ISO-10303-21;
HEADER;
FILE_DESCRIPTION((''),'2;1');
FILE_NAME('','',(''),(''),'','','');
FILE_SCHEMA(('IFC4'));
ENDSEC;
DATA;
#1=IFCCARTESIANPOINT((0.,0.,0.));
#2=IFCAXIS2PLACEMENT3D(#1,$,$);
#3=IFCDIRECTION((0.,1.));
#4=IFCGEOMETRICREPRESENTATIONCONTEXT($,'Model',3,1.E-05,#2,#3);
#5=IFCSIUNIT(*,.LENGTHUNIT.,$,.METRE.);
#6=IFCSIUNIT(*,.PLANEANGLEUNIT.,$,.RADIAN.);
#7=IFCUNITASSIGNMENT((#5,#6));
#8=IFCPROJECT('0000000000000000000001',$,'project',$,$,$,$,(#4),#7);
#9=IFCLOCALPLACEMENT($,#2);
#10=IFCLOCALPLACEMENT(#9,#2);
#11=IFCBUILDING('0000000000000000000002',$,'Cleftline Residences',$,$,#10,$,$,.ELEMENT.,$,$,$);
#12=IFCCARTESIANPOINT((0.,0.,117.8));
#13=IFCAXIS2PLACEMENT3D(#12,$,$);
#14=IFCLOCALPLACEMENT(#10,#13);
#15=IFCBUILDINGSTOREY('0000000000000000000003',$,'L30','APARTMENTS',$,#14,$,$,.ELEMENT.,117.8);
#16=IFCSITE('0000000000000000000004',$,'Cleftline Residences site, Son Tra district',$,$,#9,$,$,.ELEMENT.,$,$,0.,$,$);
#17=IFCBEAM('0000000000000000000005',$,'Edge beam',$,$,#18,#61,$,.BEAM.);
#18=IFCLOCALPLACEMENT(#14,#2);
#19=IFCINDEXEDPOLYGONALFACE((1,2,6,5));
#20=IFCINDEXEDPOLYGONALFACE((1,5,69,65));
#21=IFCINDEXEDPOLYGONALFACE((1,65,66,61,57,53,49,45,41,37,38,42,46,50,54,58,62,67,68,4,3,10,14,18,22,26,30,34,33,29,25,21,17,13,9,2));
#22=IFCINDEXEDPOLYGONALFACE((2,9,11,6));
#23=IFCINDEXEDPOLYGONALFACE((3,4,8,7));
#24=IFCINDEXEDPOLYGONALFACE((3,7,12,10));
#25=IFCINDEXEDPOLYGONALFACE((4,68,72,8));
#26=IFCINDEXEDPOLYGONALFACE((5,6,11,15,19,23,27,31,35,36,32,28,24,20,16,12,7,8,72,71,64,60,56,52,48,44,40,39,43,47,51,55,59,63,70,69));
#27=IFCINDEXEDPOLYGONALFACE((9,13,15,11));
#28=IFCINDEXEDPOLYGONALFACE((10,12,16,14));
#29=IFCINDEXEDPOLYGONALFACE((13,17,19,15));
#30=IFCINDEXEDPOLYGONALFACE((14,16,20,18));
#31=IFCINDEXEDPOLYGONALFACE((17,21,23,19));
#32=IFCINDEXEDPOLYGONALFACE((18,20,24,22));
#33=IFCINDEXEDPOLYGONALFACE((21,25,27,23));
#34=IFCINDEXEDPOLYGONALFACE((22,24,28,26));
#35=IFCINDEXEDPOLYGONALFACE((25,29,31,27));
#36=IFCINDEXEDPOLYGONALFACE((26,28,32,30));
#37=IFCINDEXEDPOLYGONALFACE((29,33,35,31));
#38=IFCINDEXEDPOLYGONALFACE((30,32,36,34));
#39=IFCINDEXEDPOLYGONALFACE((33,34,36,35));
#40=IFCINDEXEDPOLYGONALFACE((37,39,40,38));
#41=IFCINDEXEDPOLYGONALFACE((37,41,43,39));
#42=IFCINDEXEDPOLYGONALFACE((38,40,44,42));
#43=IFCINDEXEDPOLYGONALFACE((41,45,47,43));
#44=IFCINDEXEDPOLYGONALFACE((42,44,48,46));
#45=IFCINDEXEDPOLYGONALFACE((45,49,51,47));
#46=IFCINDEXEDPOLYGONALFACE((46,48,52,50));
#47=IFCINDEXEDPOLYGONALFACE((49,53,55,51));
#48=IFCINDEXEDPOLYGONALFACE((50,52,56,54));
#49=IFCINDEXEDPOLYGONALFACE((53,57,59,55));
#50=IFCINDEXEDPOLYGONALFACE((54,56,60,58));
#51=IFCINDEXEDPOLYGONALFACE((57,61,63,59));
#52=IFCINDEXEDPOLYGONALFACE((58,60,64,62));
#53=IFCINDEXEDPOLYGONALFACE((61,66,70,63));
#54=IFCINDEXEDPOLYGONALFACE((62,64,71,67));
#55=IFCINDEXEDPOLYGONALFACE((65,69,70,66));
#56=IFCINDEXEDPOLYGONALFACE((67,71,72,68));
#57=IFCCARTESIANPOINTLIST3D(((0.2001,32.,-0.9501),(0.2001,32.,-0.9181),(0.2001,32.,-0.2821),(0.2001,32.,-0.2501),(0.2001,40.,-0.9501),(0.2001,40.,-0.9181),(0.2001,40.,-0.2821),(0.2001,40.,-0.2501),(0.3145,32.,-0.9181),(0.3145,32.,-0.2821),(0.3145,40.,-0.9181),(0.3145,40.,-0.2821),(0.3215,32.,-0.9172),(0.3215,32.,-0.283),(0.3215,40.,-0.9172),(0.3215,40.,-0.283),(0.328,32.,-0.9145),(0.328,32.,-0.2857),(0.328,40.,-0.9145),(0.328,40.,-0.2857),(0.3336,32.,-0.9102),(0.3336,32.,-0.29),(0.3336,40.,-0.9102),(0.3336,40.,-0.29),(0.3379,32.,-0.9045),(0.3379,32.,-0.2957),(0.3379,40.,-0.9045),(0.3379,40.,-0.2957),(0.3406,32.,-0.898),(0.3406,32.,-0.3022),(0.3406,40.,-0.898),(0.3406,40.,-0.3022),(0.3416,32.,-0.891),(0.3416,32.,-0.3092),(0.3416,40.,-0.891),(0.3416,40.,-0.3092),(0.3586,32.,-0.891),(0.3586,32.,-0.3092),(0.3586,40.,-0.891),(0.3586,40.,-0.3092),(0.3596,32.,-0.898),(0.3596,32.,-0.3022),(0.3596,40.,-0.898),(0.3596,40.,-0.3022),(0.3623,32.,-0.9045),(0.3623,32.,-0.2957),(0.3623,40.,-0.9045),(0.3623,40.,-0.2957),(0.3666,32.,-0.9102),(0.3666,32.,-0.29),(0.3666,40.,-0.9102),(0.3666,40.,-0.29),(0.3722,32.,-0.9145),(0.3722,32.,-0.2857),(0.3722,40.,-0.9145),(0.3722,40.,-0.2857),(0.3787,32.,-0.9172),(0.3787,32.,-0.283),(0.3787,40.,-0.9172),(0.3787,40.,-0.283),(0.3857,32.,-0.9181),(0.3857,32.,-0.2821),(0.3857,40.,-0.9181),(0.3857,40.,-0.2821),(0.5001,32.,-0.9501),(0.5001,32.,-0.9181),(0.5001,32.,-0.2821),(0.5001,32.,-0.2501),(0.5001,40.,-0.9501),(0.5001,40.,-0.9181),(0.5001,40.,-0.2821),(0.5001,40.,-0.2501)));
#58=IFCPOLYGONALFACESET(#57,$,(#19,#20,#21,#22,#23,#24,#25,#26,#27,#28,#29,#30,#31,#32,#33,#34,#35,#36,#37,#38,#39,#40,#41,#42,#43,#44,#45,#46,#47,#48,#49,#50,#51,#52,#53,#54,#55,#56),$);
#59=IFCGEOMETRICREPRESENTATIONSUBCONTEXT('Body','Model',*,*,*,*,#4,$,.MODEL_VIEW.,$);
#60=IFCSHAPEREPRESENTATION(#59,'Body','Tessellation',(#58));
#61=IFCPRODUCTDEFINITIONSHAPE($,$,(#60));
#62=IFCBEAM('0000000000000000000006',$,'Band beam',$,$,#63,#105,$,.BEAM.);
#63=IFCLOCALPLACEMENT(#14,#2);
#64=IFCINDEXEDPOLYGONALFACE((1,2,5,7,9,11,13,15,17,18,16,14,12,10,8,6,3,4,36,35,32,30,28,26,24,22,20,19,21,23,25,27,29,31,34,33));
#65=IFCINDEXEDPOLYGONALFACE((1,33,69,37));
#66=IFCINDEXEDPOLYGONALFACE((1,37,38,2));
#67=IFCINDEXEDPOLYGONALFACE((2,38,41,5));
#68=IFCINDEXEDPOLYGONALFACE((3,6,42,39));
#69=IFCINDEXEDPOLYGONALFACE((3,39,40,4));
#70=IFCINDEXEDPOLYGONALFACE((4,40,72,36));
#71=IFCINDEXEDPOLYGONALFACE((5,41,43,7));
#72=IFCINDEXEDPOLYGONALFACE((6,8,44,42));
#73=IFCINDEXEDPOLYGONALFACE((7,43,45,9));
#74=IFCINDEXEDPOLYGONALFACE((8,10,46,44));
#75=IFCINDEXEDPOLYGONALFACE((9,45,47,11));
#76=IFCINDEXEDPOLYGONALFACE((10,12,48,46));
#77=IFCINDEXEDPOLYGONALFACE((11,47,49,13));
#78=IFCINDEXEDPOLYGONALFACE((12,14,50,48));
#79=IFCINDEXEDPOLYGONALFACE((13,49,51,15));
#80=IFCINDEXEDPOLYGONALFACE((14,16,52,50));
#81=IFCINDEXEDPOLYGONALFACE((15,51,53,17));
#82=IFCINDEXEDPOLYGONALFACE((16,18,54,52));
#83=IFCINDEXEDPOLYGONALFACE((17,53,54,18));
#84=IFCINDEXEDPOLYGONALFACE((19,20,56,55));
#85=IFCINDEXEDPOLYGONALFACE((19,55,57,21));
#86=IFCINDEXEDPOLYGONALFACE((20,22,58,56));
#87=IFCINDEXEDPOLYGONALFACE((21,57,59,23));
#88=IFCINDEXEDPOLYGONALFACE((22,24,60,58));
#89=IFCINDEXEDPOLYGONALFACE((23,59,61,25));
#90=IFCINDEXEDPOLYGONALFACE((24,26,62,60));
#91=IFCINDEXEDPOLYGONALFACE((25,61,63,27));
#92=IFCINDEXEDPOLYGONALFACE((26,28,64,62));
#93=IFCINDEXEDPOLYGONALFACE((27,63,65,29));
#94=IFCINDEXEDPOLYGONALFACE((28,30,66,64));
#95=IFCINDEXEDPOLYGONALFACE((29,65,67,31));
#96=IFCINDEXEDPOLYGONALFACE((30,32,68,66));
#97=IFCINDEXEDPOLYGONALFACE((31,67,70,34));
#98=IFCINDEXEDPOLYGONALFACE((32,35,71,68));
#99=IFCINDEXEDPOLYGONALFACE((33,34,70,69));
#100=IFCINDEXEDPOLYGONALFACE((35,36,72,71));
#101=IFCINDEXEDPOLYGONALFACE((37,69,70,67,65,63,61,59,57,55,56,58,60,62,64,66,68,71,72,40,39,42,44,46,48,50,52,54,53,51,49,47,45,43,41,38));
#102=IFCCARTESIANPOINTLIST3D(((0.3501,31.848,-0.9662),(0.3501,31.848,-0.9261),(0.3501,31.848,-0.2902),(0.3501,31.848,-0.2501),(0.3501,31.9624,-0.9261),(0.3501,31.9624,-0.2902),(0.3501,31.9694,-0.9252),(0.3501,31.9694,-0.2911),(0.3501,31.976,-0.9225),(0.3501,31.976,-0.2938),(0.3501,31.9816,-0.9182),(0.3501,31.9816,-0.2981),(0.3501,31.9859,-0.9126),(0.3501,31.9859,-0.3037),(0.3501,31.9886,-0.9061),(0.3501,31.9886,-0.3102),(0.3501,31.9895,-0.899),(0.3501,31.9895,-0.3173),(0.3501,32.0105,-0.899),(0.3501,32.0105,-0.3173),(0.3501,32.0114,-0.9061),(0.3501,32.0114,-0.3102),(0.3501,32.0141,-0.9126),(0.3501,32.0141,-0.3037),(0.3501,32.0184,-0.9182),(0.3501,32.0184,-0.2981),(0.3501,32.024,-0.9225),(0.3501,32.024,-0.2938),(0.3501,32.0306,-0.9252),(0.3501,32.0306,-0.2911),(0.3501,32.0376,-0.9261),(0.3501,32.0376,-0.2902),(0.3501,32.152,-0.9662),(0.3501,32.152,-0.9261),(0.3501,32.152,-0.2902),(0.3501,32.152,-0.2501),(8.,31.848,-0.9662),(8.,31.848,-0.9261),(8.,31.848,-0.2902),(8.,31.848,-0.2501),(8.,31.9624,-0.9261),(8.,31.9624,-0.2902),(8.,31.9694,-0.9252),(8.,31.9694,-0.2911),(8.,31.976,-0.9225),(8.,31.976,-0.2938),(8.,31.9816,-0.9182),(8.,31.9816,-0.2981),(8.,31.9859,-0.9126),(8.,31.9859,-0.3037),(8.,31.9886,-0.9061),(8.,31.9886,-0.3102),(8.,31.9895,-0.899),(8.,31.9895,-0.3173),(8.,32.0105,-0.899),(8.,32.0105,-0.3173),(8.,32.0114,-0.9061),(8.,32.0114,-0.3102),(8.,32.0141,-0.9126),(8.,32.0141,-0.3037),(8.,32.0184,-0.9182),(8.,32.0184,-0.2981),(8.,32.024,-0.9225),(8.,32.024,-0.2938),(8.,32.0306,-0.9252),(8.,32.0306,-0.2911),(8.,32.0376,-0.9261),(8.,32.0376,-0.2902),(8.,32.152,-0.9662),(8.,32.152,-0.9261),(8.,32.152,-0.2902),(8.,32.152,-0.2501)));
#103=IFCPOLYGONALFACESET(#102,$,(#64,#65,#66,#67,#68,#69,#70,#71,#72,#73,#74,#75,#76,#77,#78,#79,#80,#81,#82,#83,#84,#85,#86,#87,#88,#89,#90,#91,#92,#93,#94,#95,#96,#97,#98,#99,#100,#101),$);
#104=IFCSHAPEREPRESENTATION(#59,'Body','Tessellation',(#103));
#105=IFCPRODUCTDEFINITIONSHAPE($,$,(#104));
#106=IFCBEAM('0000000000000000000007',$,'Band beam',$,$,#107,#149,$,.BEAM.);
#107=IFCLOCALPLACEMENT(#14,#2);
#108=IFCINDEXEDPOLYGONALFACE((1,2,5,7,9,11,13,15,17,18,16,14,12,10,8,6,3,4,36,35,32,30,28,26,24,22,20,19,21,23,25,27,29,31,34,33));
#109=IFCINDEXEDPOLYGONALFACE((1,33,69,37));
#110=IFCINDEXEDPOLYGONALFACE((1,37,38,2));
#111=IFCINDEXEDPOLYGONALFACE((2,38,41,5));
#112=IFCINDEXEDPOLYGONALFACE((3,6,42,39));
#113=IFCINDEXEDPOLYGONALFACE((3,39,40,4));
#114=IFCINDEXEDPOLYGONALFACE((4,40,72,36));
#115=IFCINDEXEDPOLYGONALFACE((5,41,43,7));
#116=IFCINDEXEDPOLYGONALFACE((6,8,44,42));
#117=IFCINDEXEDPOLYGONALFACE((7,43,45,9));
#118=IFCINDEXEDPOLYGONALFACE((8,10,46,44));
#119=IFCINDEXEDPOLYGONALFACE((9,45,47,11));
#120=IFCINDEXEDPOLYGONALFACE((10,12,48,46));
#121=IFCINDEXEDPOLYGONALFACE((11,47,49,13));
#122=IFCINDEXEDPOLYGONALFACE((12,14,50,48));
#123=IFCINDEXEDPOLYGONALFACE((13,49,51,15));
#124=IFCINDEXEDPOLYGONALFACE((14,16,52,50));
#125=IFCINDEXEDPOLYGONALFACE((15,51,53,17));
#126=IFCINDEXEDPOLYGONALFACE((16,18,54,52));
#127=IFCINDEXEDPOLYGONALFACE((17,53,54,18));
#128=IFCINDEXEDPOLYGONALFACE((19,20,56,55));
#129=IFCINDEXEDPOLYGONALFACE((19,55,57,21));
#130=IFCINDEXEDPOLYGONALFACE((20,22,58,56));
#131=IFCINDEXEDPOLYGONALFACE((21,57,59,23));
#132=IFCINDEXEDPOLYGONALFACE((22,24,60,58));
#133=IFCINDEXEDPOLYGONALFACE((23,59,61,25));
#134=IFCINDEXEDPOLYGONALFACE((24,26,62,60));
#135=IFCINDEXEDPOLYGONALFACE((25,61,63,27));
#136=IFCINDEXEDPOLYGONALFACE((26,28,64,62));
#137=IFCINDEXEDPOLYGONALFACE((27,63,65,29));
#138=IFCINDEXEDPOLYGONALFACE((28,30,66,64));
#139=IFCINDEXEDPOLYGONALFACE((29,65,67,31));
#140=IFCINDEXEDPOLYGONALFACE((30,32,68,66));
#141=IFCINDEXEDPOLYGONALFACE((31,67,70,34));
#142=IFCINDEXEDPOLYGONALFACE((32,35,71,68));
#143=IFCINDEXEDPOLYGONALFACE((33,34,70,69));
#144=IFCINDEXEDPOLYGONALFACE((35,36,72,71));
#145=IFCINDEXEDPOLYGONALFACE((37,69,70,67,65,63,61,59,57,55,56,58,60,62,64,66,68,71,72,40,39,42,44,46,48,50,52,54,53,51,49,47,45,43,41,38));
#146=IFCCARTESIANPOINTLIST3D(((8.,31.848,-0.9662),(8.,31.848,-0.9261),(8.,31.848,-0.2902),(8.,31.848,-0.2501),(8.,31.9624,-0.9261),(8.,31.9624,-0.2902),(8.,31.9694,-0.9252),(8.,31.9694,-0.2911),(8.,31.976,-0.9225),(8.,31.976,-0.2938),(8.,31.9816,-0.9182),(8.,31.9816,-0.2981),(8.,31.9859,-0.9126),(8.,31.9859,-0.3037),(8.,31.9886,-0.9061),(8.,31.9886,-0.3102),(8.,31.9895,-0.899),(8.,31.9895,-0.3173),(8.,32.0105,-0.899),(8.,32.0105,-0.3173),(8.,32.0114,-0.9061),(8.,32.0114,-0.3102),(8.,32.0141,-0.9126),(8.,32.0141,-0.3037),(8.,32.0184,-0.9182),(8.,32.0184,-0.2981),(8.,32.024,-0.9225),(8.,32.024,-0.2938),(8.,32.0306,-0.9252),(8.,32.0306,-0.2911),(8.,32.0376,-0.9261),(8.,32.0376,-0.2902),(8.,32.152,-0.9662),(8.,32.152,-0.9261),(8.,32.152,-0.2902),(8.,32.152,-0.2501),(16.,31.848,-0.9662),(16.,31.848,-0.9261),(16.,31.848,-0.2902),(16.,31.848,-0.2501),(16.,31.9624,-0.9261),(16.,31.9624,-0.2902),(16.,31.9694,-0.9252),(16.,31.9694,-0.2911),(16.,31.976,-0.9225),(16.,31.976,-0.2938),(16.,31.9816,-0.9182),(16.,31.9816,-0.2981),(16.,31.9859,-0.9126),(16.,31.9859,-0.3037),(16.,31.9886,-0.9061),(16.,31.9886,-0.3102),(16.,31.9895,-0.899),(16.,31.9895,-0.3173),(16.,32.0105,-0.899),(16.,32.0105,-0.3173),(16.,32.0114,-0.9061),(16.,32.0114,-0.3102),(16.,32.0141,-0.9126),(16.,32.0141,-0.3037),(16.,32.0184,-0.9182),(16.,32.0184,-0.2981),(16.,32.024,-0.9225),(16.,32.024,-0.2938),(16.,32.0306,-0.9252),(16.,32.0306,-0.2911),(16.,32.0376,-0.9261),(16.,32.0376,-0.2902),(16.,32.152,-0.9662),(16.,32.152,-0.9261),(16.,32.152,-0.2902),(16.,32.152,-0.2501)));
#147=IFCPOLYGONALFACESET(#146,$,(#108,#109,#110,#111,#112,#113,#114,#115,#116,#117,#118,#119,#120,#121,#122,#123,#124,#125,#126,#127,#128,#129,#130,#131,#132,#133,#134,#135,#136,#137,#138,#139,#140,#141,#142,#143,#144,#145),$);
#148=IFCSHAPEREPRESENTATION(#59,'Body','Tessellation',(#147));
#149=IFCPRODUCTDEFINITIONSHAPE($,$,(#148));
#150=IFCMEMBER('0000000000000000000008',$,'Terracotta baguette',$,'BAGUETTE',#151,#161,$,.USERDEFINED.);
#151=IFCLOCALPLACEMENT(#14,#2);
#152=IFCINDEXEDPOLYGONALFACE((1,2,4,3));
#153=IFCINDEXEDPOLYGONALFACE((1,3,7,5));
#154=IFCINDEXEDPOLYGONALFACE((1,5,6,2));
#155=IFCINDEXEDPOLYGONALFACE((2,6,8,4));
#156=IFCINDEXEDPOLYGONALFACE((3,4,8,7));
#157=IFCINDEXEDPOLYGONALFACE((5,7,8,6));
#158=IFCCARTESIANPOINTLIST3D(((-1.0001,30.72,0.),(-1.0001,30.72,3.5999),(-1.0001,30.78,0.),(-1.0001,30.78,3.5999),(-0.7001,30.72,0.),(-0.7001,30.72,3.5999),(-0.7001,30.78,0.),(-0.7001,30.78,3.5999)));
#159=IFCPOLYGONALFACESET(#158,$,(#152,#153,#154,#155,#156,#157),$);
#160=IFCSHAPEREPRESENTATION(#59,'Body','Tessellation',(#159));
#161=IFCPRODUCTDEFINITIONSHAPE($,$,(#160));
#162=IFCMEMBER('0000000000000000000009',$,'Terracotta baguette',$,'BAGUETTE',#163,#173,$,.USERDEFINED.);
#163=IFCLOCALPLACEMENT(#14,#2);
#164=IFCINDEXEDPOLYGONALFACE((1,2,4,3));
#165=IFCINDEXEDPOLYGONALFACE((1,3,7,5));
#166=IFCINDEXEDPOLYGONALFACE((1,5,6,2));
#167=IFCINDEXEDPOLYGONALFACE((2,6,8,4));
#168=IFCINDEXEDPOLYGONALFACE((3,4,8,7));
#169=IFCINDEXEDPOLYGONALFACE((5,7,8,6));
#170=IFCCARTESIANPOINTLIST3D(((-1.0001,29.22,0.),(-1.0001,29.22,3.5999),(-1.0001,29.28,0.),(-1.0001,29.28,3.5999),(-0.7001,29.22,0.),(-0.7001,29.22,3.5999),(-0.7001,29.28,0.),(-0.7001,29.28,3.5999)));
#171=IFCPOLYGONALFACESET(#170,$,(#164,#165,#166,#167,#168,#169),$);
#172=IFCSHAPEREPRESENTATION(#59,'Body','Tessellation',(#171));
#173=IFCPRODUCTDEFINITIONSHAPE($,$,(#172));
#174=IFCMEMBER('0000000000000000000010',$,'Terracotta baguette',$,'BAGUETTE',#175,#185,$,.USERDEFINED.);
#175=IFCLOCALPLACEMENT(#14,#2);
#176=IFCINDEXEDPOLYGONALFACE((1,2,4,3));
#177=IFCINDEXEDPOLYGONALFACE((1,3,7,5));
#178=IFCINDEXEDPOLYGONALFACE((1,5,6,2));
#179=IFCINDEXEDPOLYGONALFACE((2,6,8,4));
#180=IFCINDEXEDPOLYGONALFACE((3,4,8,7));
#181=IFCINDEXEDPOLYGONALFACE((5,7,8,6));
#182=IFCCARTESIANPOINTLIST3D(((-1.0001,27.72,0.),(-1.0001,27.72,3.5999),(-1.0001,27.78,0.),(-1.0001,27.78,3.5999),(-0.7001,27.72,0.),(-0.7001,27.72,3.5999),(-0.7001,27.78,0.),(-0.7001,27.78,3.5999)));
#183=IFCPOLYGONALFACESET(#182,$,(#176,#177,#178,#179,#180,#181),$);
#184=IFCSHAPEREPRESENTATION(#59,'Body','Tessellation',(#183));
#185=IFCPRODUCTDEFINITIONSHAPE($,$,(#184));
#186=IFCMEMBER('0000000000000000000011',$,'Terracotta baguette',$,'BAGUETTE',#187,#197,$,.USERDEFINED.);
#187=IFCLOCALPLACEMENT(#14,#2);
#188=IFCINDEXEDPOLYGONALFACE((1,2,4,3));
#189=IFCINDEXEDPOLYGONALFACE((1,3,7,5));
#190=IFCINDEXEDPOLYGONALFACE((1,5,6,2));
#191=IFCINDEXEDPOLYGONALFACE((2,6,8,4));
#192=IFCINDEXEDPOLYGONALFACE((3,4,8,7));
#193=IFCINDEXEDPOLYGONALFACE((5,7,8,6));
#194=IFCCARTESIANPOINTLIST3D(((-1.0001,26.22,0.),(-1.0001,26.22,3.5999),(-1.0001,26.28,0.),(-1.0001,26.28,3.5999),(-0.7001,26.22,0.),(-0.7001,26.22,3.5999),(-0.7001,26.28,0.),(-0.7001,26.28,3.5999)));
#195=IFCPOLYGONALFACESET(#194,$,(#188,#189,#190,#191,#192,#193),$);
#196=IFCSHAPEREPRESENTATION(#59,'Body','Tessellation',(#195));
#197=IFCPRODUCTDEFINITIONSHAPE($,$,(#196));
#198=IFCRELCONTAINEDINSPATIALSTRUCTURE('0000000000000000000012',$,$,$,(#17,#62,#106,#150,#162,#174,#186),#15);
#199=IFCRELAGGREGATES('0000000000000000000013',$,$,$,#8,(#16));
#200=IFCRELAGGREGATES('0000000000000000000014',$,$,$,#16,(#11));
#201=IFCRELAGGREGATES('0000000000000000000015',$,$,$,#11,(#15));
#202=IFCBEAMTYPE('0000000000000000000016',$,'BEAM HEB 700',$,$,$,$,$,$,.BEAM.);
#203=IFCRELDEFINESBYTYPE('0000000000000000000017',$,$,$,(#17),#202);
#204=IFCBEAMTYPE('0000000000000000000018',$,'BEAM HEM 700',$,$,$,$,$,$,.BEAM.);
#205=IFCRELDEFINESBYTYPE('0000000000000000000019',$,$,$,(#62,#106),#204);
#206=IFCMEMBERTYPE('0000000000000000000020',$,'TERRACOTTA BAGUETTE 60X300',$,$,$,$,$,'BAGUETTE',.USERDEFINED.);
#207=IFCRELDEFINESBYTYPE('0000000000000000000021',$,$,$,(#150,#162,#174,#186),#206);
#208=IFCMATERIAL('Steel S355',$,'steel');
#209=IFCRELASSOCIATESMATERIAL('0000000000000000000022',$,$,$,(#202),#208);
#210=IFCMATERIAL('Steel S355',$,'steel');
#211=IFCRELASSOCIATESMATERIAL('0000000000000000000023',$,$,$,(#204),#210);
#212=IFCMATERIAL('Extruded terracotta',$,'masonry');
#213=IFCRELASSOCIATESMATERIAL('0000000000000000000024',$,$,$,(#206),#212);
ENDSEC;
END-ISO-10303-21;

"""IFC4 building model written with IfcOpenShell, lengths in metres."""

from ifc_helpers import new_model, si_unit, direction, frame, origin, origin_2d, place, context, subcontext, project, spatial, rectangle, i_section, extrude, material, material_profile, profile_set, type_object, element, save


model = new_model("IFC4")

# Units and contexts
model_context = context("Model", 3, precision=1e-05, world=origin(), true_north=direction((0.0, 1.0)))
body_context = subcontext(model_context, "Body", "Model", "MODEL_VIEW")
ifc_project = project(units=[si_unit("LENGTHUNIT", "METRE"), si_unit("PLANEANGLEUNIT", "RADIAN")], contexts=[model_context])

# Site, building, storey
site_placement = place(None, origin())
site = spatial("IfcSite", under=ifc_project, at=site_placement, Name="Cleftline Residences site, Son Tra district", CompositionType="ELEMENT", RefElevation=0.0)
building_placement = place(site_placement, origin())
building = spatial("IfcBuilding", under=site, at=building_placement, Name="Cleftline Residences", CompositionType="ELEMENT")
storey_placement = place(building_placement, frame((0.0, 0.0, 117.8)))
storey = spatial("IfcBuildingStorey", under=building, at=storey_placement, Name="L30", Description="APARTMENTS", CompositionType="ELEMENT", Elevation=117.8)

# Beams
ifc_material_1 = material(Name="Steel S355", Category="steel")
ifc_material_profile_1 = material_profile(ifc_material_1, i_section(OverallWidth=0.3, OverallDepth=0.7, WebThickness=0.0171, FlangeThickness=0.032, FilletRadius=0.0271, at=origin_2d()))
ifc_profile_set_1 = profile_set([ifc_material_profile_1], Name="Steel S355")
beam_type_1 = type_object("IfcBeamType", Name="BEAM HEB 700", PredefinedType="BEAM", material=ifc_profile_set_1)
for number, where, z_axis, x_axis, name in (
    (1, (0.3501, 32.0, -0.6001), (0.0, 1.0, 0.0), (-1.0, 0.0, 0.0), "Edge beam"),
):
    element("IfcBeam", number, at=place(storey_placement, frame(where, z_axis=z_axis, x_axis=x_axis)), inside=storey, type_object=beam_type_1, Name=name, PredefinedType="BEAM", context=body_context, shape_type="SweptSolid", body=[
        extrude(i_section(OverallWidth=0.3, OverallDepth=0.7, WebThickness=0.0171, FlangeThickness=0.032, FilletRadius=0.0271, at=origin_2d()), origin(), (0.0, 0.0, 1.0), 8.0),
    ])
ifc_material_2 = material(Name="Steel S355", Category="steel")
ifc_material_profile_2 = material_profile(ifc_material_2, i_section(OverallWidth=0.304, OverallDepth=0.7161, WebThickness=0.021, FlangeThickness=0.04, FilletRadius=0.0271, at=origin_2d()))
ifc_profile_set_2 = profile_set([ifc_material_profile_2], Name="Steel S355")
beam_type_2 = type_object("IfcBeamType", Name="BEAM HEM 700", PredefinedType="BEAM", material=ifc_profile_set_2)
beam_1_placement = place(storey_placement, frame((0.3501, 32.0, -0.6082), z_axis=(1.0, 0.0, 0.0), x_axis=(0.0, 1.0, 0.0)))
element("IfcBeam", 2, at=beam_1_placement, inside=storey, type_object=beam_type_2, Name="Band beam", PredefinedType="BEAM", context=body_context, shape_type="SweptSolid", body=[
    extrude(i_section(OverallWidth=0.304, OverallDepth=0.7161, WebThickness=0.021, FlangeThickness=0.04, FilletRadius=0.0271, at=origin_2d()), origin(), (0.0, 0.0, 1.0), 7.6499),
])
beam_2_placement = place(storey_placement, frame((8.0, 32.0, -0.6082), z_axis=(1.0, 0.0, 0.0), x_axis=(0.0, 1.0, 0.0)))
element("IfcBeam", 3, at=beam_2_placement, inside=storey, type_object=beam_type_2, Name="Band beam", PredefinedType="BEAM", context=body_context, shape_type="SweptSolid", body=[
    extrude(i_section(OverallWidth=0.304, OverallDepth=0.7161, WebThickness=0.021, FlangeThickness=0.04, FilletRadius=0.0271, at=origin_2d()), origin(), (0.0, 0.0, 1.0), 8.0),
])

# Members
ifc_material_3 = material(Name="Extruded terracotta", Category="masonry")
ifc_material_profile_3 = material_profile(ifc_material_3, rectangle(XDim=0.0601, YDim=0.3, at=origin_2d()))
ifc_profile_set_3 = profile_set([ifc_material_profile_3], Name="Extruded terracotta")
member_type_1 = type_object("IfcMemberType", Name="TERRACOTTA BAGUETTE 60X300", ElementType="BAGUETTE", PredefinedType="USERDEFINED", material=ifc_profile_set_3)
for number, where, z_axis, x_axis, name in (
    (4, (-0.8501, 30.75, 0.0), (0.0, 0.0, 1.0), (0.0, 1.0, 0.0), "Terracotta baguette"),
    (5, (-0.8501, 29.25, 0.0), (0.0, 0.0, 1.0), (0.0, 1.0, 0.0), "Terracotta baguette"),
    (6, (-0.8501, 27.75, 0.0), (0.0, 0.0, 1.0), (0.0, 1.0, 0.0), "Terracotta baguette"),
    (7, (-0.8501, 26.25, 0.0), (0.0, 0.0, 1.0), (0.0, 1.0, 0.0), "Terracotta baguette"),
):
    element("IfcMember", number, at=place(storey_placement, frame(where, z_axis=z_axis, x_axis=x_axis)), inside=storey, type_object=member_type_1, Name=name, ObjectType="BAGUETTE", PredefinedType="USERDEFINED", context=body_context, shape_type="SweptSolid", body=[
        extrude(rectangle(XDim=0.0601, YDim=0.3, at=origin_2d()), origin(), (0.0, 0.0, 1.0), 3.5999),
    ])

save(model, "model.ifc")
